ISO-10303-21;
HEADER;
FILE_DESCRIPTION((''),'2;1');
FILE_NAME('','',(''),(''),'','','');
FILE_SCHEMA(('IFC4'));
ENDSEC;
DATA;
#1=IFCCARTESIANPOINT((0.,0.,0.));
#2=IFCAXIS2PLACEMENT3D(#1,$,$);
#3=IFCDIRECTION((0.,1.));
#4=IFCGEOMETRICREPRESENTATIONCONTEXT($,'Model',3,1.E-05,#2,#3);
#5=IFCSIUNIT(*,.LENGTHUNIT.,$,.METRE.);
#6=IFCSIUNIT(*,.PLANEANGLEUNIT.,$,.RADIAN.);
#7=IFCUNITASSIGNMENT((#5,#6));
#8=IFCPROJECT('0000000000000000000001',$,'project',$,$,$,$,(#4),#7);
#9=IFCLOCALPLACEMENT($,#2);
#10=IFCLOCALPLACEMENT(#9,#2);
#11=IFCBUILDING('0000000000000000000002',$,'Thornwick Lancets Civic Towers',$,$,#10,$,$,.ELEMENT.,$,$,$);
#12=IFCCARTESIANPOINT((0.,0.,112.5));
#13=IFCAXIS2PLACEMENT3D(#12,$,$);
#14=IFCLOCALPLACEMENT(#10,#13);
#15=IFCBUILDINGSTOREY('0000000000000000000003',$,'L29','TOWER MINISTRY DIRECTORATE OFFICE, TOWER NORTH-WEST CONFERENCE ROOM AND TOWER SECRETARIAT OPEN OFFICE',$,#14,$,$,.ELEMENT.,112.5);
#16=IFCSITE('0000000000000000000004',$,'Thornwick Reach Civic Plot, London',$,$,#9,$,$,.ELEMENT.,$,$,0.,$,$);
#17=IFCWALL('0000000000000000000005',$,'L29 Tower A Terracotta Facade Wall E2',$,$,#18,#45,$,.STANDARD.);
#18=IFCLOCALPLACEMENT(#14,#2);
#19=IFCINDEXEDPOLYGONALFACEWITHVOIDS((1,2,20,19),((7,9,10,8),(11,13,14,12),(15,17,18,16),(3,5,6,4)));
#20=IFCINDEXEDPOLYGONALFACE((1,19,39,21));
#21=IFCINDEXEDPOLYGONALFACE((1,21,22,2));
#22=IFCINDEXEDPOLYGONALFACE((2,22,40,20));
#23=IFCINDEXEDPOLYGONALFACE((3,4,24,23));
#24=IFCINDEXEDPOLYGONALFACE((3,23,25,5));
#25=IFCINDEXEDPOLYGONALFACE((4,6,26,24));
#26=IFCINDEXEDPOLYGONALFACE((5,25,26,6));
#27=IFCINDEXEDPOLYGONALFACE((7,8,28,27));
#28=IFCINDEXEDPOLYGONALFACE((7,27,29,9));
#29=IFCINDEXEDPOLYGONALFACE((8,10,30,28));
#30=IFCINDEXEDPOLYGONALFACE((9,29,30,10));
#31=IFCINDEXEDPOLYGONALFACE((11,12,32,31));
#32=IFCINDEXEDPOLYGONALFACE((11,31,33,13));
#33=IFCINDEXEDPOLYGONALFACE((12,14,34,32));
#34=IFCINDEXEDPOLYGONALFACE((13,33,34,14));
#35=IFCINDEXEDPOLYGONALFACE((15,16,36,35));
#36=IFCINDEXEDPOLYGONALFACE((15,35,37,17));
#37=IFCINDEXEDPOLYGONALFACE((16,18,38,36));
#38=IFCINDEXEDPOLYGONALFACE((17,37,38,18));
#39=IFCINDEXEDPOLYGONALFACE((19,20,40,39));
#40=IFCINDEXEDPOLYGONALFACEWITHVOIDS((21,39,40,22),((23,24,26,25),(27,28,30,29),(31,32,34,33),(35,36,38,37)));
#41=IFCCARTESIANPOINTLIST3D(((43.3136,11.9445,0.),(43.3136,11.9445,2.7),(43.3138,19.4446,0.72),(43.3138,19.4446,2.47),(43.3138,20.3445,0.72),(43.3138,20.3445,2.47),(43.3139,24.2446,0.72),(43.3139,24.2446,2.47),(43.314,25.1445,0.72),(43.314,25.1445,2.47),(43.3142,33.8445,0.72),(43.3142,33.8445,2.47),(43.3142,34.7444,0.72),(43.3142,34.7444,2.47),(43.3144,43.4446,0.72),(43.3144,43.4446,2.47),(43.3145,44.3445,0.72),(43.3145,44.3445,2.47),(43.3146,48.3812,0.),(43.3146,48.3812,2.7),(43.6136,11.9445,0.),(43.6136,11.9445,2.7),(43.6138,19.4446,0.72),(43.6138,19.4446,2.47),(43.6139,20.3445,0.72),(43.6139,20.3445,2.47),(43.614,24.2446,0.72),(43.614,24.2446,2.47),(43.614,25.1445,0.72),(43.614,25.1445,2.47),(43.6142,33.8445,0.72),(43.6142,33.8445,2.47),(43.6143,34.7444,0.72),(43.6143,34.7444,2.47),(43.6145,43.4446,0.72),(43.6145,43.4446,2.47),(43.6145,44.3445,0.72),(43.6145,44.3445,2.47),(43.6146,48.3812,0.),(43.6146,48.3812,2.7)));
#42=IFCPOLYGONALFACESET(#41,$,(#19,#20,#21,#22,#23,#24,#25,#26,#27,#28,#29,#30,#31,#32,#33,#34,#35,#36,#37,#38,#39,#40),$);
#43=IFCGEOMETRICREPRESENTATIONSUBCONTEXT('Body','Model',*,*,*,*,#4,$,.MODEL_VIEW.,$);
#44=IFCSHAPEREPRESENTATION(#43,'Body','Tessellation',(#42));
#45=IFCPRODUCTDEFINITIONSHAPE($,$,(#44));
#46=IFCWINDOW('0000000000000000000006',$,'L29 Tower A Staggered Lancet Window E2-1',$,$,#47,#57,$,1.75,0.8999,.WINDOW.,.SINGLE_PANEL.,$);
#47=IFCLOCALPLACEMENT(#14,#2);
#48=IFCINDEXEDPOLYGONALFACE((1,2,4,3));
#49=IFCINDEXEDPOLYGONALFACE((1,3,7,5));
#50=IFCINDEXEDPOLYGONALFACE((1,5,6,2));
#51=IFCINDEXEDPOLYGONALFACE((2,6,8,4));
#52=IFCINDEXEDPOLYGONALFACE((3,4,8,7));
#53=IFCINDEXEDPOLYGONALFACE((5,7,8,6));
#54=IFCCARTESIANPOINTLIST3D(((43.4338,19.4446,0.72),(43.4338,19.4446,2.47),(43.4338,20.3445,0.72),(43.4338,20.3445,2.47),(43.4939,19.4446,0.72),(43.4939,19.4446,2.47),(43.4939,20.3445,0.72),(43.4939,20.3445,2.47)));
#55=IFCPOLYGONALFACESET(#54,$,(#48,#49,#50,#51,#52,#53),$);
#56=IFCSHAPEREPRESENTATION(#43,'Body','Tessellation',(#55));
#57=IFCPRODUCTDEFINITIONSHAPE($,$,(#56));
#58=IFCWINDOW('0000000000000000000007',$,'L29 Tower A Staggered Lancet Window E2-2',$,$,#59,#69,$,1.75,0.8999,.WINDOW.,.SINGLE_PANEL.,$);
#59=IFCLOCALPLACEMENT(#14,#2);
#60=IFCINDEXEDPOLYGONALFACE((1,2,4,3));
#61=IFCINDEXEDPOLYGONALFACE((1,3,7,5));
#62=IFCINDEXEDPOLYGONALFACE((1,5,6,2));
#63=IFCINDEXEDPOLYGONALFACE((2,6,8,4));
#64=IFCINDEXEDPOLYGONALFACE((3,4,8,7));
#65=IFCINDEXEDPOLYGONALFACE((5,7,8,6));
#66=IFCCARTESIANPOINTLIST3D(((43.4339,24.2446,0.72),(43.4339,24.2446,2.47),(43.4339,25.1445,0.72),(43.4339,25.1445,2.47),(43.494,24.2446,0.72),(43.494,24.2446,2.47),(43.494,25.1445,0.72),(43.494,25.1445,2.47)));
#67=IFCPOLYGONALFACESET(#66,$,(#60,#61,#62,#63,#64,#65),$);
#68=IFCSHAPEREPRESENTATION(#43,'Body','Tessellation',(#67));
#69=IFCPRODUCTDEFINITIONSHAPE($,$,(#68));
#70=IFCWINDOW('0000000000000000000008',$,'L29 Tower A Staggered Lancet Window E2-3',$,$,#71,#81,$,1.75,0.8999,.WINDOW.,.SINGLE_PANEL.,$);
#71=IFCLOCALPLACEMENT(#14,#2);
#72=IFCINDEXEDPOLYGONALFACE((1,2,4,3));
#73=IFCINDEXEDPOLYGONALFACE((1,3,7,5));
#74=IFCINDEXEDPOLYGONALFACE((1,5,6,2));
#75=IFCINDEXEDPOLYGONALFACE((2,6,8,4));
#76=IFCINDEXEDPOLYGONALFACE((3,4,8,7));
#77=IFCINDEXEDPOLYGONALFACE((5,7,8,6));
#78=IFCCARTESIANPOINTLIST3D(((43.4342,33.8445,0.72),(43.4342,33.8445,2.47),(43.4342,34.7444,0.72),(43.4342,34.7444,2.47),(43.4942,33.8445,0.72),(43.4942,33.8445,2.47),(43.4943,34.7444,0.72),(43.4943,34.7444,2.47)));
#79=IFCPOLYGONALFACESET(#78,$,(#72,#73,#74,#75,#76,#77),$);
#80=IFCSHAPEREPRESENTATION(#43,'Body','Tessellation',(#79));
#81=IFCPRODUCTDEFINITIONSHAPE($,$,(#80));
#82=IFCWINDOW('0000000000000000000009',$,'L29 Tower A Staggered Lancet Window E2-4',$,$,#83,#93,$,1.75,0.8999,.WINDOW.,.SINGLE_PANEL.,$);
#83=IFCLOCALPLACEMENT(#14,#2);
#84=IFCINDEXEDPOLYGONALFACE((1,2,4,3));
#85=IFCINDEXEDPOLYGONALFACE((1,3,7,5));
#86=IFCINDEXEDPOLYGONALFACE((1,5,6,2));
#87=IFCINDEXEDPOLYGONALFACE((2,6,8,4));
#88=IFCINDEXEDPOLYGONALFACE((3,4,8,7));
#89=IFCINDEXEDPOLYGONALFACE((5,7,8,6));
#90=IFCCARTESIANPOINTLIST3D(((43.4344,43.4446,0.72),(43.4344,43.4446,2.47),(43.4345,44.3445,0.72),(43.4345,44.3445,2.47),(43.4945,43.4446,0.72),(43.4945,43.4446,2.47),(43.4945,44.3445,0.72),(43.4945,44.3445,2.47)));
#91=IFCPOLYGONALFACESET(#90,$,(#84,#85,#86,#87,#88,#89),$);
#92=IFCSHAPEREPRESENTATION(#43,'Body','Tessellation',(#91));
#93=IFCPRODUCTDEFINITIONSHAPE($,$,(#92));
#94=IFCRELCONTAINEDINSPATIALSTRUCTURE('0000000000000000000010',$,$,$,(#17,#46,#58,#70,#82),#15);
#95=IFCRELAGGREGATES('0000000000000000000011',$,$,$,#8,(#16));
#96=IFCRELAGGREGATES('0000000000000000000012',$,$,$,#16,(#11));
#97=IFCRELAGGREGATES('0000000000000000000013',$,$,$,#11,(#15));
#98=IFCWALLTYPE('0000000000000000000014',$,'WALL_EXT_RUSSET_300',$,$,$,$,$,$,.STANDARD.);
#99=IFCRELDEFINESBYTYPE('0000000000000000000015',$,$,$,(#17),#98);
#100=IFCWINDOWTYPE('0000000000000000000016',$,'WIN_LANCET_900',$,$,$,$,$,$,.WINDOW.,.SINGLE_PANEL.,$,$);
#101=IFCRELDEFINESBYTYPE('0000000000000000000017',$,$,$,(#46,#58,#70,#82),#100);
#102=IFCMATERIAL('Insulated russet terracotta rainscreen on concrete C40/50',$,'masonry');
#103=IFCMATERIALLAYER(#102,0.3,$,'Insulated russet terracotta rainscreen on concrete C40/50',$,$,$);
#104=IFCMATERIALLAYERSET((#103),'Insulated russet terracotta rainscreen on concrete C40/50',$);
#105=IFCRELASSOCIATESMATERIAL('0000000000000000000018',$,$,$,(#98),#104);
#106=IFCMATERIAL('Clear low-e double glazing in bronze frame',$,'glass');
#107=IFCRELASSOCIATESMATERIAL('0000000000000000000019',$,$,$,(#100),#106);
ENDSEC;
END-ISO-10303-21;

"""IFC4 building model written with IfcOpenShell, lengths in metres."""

from ifc_helpers import new_model, si_unit, direction, frame, frame_2d, origin, place, context, subcontext, project, spatial, rectangle, extrude, material, layer, layer_set, type_object, element, fill, save


model = new_model("IFC4")

# Units and contexts
model_context = context("Model", 3, precision=1e-05, world=origin(), true_north=direction((0.0, 1.0)))
body_context = subcontext(model_context, "Body", "Model", "MODEL_VIEW")
ifc_project = project(units=[si_unit("LENGTHUNIT", "METRE"), si_unit("PLANEANGLEUNIT", "RADIAN")], contexts=[model_context])

# Site, building, storey
site_placement = place(None, origin())
site = spatial("IfcSite", under=ifc_project, at=site_placement, Name="Thornwick Reach Civic Plot, London", CompositionType="ELEMENT", RefElevation=0.0)
building_placement = place(site_placement, origin())
building = spatial("IfcBuilding", under=site, at=building_placement, Name="Thornwick Lancets Civic Towers", CompositionType="ELEMENT")
storey_placement = place(building_placement, frame((0.0, 0.0, 112.5)))
storey = spatial("IfcBuildingStorey", under=building, at=storey_placement, Name="L29", Description="TOWER MINISTRY DIRECTORATE OFFICE, TOWER NORTH-WEST CONFERENCE ROOM AND TOWER SECRETARIAT OPEN OFFICE", CompositionType="ELEMENT", Elevation=112.5)

# Wall, openings, windows
ifc_material_1 = material(Name="Insulated russet terracotta rainscreen on concrete C40/50", Category="masonry")
ifc_layer_1 = layer(ifc_material_1, 0.3, Name="Insulated russet terracotta rainscreen on concrete C40/50")
ifc_layer_set_1 = layer_set([ifc_layer_1], Name="Insulated russet terracotta rainscreen on concrete C40/50")
wall_type_1 = type_object("IfcWallType", Name="WALL_EXT_RUSSET_300", PredefinedType="STANDARD", material=ifc_layer_set_1)
wall_1_placement = place(storey_placement, frame((43.4636, 11.9446, 0.0), z_axis=(0.0, 0.0, 1.0), x_axis=(0.000027, 1.0, 0.0)))
wall_1 = element("IfcWall", 1, at=wall_1_placement, inside=storey, type_object=wall_type_1, Name="L29 Tower A Terracotta Facade Wall E2", PredefinedType="STANDARD", context=body_context, shape_type="SweptSolid", body=[
    extrude(rectangle(XDim=36.4368, YDim=0.3, at=frame_2d((18.2183, 0.0))), origin(), (0.0, 0.0, 1.0), 2.7),
])
opening_1_placement = place(wall_1_placement, frame((7.5, 0.0, 0.72)))
opening_1 = element("IfcOpeningElement", 2, at=opening_1_placement, cuts=wall_1, PredefinedType="OPENING", context=body_context, shape_type="SweptSolid", body=[
    extrude(rectangle(XDim=0.8999, YDim=1.75, at=frame_2d((0.45, 0.875))), frame((0.0, 0.1602, 0.0), z_axis=(0.0, -1.0, 0.0), x_axis=(1.0, 0.0, 0.0)), (0.0, 0.0, 1.0), 0.3201),
])
opening_2_placement = place(wall_1_placement, frame((12.3, 0.0, 0.72)))
opening_2 = element("IfcOpeningElement", 3, at=opening_2_placement, cuts=wall_1, PredefinedType="OPENING", context=body_context, shape_type="SweptSolid", body=[
    extrude(rectangle(XDim=0.8999, YDim=1.75, at=frame_2d((0.45, 0.875))), frame((0.0, 0.1602, 0.0), z_axis=(0.0, -1.0, 0.0), x_axis=(1.0, 0.0, 0.0)), (0.0, 0.0, 1.0), 0.3201),
])
opening_3_placement = place(wall_1_placement, frame((21.8999, 0.0, 0.72)))
opening_3 = element("IfcOpeningElement", 4, at=opening_3_placement, cuts=wall_1, PredefinedType="OPENING", context=body_context, shape_type="SweptSolid", body=[
    extrude(rectangle(XDim=0.8999, YDim=1.75, at=frame_2d((0.45, 0.875))), frame((0.0, 0.1602, 0.0), z_axis=(0.0, -1.0, 0.0), x_axis=(1.0, 0.0, 0.0)), (0.0, 0.0, 1.0), 0.3201),
])
opening_4_placement = place(wall_1_placement, frame((31.5, 0.0, 0.72)))
opening_4 = element("IfcOpeningElement", 5, at=opening_4_placement, cuts=wall_1, PredefinedType="OPENING", context=body_context, shape_type="SweptSolid", body=[
    extrude(rectangle(XDim=0.8999, YDim=1.75, at=frame_2d((0.45, 0.875))), frame((0.0, 0.1602, 0.0), z_axis=(0.0, -1.0, 0.0), x_axis=(1.0, 0.0, 0.0)), (0.0, 0.0, 1.0), 0.3201),
])
ifc_material_2 = material(Name="Clear low-e double glazing in bronze frame", Category="glass")
window_type = type_object("IfcWindowType", Name="WIN_LANCET_900", PartitioningType="SINGLE_PANEL", PredefinedType="WINDOW", material=ifc_material_2)
window_1_placement = place(opening_1_placement, origin())
window_1 = element("IfcWindow", 6, at=window_1_placement, inside=storey, type_object=window_type, Name="L29 Tower A Staggered Lancet Window E2-1", OverallHeight=1.75, OverallWidth=0.8999, PartitioningType="SINGLE_PANEL", PredefinedType="WINDOW", context=body_context, shape_type="SweptSolid", body=[
    extrude(rectangle(XDim=0.8999, YDim=1.75, at=frame_2d((0.45, 0.875))), frame((0.0, 0.03, 0.0), z_axis=(0.0, -1.0, 0.0), x_axis=(1.0, 0.0, 0.0)), (0.0, 0.0, 1.0), 0.0601),
])
fill(opening_1, window_1)
window_2_placement = place(opening_2_placement, origin())
window_2 = element("IfcWindow", 7, at=window_2_placement, inside=storey, type_object=window_type, Name="L29 Tower A Staggered Lancet Window E2-2", OverallHeight=1.75, OverallWidth=0.8999, PartitioningType="SINGLE_PANEL", PredefinedType="WINDOW", context=body_context, shape_type="SweptSolid", body=[
    extrude(rectangle(XDim=0.8999, YDim=1.75, at=frame_2d((0.45, 0.875))), frame((0.0, 0.03, 0.0), z_axis=(0.0, -1.0, 0.0), x_axis=(1.0, 0.0, 0.0)), (0.0, 0.0, 1.0), 0.0601),
])
fill(opening_2, window_2)
window_3_placement = place(opening_3_placement, origin())
window_3 = element("IfcWindow", 8, at=window_3_placement, inside=storey, type_object=window_type, Name="L29 Tower A Staggered Lancet Window E2-3", OverallHeight=1.75, OverallWidth=0.8999, PartitioningType="SINGLE_PANEL", PredefinedType="WINDOW", context=body_context, shape_type="SweptSolid", body=[
    extrude(rectangle(XDim=0.8999, YDim=1.75, at=frame_2d((0.45, 0.875))), frame((0.0, 0.03, 0.0), z_axis=(0.0, -1.0, 0.0), x_axis=(1.0, 0.0, 0.0)), (0.0, 0.0, 1.0), 0.0601),
])
fill(opening_3, window_3)
window_4_placement = place(opening_4_placement, origin())
window_4 = element("IfcWindow", 9, at=window_4_placement, inside=storey, type_object=window_type, Name="L29 Tower A Staggered Lancet Window E2-4", OverallHeight=1.75, OverallWidth=0.8999, PartitioningType="SINGLE_PANEL", PredefinedType="WINDOW", context=body_context, shape_type="SweptSolid", body=[
    extrude(rectangle(XDim=0.8999, YDim=1.75, at=frame_2d((0.45, 0.875))), frame((0.0, 0.03, 0.0), z_axis=(0.0, -1.0, 0.0), x_axis=(1.0, 0.0, 0.0)), (0.0, 0.0, 1.0), 0.0601),
])
fill(opening_4, window_4)

save(model, "model.ifc")
